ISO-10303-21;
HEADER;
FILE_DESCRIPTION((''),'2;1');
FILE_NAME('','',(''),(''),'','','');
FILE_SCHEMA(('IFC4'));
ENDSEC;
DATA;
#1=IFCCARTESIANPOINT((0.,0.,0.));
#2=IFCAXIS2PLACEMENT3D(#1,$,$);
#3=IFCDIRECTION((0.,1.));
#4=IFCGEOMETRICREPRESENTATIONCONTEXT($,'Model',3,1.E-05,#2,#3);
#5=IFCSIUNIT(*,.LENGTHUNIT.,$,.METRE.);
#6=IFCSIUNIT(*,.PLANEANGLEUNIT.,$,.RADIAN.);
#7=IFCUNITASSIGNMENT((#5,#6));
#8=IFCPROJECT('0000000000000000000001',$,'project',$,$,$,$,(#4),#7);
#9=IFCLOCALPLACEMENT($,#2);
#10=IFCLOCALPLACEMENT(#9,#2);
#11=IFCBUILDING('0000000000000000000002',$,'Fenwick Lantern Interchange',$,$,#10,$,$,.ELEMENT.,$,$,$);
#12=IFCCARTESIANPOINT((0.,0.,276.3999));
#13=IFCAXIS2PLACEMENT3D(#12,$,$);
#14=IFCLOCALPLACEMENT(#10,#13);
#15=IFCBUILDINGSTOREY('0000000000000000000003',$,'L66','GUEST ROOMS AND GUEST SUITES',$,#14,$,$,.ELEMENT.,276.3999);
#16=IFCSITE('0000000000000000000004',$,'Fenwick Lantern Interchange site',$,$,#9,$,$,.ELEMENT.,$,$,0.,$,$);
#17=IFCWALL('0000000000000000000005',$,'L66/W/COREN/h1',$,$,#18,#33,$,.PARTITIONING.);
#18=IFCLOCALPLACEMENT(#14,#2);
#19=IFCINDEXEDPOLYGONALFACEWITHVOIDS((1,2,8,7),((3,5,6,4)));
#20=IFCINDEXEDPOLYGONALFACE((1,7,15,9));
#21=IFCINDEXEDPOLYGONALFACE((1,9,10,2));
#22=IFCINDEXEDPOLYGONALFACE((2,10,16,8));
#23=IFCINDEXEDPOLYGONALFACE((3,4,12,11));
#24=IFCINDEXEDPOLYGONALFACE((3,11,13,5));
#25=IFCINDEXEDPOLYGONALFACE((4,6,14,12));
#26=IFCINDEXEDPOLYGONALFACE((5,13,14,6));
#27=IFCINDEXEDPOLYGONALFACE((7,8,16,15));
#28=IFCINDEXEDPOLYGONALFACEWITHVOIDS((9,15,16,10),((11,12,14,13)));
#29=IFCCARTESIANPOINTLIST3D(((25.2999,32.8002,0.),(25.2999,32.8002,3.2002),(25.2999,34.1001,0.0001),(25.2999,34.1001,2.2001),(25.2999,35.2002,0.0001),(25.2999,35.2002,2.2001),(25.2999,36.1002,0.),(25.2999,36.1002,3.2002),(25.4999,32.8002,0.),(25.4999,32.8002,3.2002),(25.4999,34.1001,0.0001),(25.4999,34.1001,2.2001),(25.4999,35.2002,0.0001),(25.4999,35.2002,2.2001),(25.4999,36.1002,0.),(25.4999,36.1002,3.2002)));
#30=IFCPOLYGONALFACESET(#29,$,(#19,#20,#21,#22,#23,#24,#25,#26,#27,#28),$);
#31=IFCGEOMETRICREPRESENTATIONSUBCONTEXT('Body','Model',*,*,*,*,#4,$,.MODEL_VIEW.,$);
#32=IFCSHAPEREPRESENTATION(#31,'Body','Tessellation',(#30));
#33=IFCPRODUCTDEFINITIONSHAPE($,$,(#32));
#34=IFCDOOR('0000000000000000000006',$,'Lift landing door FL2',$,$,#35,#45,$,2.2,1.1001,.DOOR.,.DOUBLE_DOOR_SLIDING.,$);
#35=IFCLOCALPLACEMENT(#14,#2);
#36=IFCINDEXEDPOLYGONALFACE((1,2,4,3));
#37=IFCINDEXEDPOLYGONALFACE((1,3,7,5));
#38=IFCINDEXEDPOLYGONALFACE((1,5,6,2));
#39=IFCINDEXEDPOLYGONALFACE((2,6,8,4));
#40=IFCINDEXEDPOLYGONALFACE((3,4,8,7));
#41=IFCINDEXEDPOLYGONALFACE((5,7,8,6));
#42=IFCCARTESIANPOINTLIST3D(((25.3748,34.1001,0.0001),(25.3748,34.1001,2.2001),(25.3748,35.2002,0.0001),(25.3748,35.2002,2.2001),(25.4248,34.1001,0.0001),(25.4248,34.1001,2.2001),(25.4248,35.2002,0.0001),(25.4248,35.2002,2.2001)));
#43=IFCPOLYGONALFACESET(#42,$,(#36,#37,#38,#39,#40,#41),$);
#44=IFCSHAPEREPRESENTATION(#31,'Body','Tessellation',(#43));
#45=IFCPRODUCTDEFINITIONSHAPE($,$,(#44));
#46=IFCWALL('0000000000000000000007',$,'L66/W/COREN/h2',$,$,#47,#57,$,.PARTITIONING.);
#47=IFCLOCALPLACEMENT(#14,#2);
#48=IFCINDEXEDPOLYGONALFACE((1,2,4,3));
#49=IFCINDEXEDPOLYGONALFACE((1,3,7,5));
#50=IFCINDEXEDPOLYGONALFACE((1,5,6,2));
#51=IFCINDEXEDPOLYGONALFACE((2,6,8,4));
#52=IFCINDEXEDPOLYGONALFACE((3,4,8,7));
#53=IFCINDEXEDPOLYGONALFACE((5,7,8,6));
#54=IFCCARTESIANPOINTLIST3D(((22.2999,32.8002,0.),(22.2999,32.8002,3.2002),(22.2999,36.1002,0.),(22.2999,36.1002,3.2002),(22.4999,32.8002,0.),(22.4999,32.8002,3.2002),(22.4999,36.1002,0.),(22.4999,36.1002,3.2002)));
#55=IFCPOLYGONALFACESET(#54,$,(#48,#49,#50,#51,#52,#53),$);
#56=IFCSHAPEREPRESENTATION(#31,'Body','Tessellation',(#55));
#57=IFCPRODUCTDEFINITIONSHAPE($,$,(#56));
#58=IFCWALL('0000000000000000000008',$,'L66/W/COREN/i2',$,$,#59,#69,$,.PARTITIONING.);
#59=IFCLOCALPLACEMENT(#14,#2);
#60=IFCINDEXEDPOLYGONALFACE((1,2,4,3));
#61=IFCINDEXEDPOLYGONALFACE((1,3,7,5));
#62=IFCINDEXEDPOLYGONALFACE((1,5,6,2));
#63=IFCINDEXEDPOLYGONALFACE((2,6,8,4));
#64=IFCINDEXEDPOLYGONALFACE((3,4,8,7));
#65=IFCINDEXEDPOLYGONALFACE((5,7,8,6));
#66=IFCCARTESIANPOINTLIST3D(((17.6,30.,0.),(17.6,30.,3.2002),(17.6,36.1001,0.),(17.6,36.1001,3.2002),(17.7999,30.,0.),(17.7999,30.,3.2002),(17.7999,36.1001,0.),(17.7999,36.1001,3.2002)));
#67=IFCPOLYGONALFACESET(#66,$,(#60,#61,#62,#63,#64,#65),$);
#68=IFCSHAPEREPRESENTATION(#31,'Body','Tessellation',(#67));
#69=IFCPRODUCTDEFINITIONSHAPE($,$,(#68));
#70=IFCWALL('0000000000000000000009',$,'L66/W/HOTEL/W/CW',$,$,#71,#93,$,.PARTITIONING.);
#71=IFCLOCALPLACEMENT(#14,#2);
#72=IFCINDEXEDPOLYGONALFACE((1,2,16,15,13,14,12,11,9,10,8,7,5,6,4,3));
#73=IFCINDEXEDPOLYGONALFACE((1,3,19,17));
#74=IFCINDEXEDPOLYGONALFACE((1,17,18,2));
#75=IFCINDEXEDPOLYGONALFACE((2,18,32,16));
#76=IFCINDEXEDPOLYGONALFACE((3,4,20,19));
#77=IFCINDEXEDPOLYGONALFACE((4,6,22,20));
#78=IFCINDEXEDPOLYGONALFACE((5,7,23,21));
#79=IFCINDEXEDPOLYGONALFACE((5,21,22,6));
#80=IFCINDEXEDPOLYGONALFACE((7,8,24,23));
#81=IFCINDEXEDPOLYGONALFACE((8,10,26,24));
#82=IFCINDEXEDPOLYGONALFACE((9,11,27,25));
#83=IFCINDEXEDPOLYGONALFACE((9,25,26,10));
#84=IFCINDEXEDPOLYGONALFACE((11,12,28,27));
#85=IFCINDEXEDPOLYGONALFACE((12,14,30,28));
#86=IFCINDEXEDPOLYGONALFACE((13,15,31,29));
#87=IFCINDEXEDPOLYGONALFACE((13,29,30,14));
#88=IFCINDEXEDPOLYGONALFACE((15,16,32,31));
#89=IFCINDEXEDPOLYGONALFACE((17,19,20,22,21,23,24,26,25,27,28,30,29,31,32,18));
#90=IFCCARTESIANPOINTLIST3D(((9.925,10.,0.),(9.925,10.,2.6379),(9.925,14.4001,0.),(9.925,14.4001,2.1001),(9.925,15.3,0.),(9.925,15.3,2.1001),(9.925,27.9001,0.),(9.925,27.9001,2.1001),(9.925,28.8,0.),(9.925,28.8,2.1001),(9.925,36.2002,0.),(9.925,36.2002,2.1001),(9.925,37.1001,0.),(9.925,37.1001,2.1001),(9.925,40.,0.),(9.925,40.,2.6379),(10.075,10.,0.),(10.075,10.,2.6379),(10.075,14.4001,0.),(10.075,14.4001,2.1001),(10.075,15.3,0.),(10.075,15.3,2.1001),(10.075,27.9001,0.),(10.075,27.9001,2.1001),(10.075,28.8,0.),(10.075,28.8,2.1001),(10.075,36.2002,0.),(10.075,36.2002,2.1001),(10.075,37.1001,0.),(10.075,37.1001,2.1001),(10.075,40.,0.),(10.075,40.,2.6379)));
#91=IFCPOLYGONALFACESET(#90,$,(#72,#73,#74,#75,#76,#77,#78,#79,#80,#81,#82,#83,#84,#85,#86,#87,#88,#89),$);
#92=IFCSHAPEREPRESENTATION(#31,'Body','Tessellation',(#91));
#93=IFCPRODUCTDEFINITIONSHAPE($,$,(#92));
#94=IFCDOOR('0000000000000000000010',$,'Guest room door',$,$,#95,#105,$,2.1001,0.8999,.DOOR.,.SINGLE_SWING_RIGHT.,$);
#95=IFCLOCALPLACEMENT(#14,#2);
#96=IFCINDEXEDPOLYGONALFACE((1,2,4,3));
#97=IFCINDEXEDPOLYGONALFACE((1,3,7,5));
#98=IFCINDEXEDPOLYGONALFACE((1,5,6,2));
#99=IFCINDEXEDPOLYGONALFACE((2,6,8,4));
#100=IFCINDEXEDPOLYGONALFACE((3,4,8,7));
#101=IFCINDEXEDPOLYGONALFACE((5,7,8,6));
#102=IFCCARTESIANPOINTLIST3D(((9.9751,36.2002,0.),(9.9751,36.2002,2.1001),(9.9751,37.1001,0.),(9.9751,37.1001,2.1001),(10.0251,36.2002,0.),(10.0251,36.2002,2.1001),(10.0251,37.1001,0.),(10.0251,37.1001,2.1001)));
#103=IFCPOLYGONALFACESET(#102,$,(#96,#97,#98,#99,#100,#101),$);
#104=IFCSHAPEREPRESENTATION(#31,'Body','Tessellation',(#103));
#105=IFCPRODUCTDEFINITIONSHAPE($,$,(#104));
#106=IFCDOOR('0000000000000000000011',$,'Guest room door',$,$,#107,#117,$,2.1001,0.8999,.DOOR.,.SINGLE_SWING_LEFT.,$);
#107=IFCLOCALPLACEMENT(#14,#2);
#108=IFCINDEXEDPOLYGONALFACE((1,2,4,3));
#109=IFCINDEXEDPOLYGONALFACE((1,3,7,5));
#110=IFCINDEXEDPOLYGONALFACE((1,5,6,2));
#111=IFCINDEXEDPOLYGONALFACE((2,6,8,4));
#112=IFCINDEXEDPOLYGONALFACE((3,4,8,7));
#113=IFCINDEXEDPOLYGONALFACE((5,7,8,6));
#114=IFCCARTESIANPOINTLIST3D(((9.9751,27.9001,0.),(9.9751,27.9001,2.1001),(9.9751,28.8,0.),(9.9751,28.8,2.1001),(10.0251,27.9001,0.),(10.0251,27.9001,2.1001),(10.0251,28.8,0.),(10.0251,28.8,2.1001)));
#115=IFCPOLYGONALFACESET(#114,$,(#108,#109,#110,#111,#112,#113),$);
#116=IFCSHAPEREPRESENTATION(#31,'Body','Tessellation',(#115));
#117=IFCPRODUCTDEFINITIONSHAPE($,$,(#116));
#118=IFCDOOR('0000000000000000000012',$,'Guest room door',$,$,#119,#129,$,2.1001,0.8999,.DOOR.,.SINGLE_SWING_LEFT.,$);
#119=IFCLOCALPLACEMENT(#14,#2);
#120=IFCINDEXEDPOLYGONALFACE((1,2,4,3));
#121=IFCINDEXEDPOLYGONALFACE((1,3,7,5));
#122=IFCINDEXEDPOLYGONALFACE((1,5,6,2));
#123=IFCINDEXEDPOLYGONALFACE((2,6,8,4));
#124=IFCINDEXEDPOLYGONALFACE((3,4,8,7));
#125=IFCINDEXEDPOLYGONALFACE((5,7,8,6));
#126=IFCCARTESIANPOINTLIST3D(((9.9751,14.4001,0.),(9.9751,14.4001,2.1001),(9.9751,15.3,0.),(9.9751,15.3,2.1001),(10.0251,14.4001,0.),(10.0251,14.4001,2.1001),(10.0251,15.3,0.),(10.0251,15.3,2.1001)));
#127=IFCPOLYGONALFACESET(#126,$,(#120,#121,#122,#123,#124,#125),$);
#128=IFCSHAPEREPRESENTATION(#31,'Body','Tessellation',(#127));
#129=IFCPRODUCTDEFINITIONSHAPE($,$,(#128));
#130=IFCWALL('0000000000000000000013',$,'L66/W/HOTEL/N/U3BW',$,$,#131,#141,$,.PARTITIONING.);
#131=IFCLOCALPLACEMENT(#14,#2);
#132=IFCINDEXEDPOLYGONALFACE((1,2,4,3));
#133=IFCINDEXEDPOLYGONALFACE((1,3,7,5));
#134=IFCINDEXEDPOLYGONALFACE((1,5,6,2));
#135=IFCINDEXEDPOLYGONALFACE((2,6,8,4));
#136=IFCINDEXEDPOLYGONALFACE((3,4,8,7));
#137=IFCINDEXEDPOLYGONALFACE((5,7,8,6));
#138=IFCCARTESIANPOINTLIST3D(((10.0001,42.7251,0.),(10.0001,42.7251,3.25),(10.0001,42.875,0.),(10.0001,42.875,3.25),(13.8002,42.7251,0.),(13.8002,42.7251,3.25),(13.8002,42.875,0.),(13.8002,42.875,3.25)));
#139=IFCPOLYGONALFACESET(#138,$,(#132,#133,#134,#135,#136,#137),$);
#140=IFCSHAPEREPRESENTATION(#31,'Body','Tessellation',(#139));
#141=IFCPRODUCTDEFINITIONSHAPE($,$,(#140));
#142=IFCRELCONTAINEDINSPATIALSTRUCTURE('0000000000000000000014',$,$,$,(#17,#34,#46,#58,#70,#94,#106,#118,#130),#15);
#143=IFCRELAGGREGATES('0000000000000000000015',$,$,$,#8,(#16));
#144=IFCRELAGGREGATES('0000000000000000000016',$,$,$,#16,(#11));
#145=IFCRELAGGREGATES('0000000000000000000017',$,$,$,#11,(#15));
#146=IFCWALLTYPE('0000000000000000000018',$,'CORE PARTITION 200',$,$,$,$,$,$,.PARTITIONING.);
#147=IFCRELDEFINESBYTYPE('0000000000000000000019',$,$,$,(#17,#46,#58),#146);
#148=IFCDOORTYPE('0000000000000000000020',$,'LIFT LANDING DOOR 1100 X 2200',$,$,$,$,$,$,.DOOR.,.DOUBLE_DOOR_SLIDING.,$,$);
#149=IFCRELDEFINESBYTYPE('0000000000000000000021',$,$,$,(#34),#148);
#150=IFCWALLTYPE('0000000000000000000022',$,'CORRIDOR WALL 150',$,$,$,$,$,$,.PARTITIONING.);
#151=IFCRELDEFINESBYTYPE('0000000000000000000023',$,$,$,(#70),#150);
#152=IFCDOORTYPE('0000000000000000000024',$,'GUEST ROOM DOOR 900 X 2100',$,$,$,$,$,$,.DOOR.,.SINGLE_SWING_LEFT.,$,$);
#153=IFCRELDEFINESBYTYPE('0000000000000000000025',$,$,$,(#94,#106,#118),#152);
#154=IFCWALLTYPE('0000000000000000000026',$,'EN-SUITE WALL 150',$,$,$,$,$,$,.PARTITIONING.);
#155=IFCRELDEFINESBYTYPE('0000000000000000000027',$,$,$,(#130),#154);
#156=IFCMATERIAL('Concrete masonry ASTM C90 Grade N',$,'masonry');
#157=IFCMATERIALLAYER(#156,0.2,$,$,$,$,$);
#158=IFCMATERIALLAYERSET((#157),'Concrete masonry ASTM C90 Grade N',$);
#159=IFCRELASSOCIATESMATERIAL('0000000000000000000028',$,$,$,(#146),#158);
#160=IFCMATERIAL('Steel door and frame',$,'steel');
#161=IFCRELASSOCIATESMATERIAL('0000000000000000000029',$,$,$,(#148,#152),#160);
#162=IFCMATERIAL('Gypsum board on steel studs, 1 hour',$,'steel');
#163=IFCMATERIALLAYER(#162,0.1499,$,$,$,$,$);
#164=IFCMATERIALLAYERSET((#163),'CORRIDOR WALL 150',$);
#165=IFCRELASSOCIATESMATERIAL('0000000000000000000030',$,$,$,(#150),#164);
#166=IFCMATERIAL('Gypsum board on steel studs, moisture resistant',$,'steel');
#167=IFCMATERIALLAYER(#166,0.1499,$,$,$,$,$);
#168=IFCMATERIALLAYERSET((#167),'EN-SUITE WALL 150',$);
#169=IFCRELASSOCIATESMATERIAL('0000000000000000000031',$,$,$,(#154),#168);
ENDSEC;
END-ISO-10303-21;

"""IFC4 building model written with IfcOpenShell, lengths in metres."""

from ifc_helpers import new_model, si_unit, direction, frame, frame_2d, origin, place, context, subcontext, project, spatial, rectangle, extrude, material, layer, layer_set, type_object, element, fill, save


model = new_model("IFC4")

# Units and contexts
model_context = context("Model", 3, precision=1e-05, world=origin(), true_north=direction((0.0, 1.0)))
body_context = subcontext(model_context, "Body", "Model", "MODEL_VIEW")
ifc_project = project(units=[si_unit("LENGTHUNIT", "METRE"), si_unit("PLANEANGLEUNIT", "RADIAN")], contexts=[model_context])

# Site, building, storey
site_placement = place(None, origin())
site = spatial("IfcSite", under=ifc_project, at=site_placement, Name="Fenwick Lantern Interchange site", CompositionType="ELEMENT", RefElevation=0.0)
building_placement = place(site_placement, origin())
building = spatial("IfcBuilding", under=site, at=building_placement, Name="Fenwick Lantern Interchange", CompositionType="ELEMENT")
storey_placement = place(building_placement, frame((0.0, 0.0, 276.3999)))
storey = spatial("IfcBuildingStorey", under=building, at=storey_placement, Name="L66", Description="GUEST ROOMS AND GUEST SUITES", CompositionType="ELEMENT", Elevation=276.3999)

# Shared definitions
ifc_material_1 = material(Name="Concrete masonry ASTM C90 Grade N", Category="masonry")
ifc_layer_1 = layer(ifc_material_1, 0.2)
ifc_layer_set_1 = layer_set([ifc_layer_1], Name="Concrete masonry ASTM C90 Grade N")
wall_type_1 = type_object("IfcWallType", Name="CORE PARTITION 200", PredefinedType="PARTITIONING", material=ifc_layer_set_1)

# Wall, opening, door
wall_1_placement = place(storey_placement, frame((25.3999, 36.1001, 0.0), z_axis=(0.0, 0.0, 1.0), x_axis=(0.0, -1.0, 0.0)))
wall_1 = element("IfcWall", 1, at=wall_1_placement, inside=storey, type_object=wall_type_1, Name="L66/W/COREN/h1", PredefinedType="PARTITIONING", context=body_context, shape_type="SweptSolid", body=[
    extrude(rectangle(XDim=3.3, YDim=0.2, at=frame_2d((1.6499, 0.0))), origin(), (0.0, 0.0, 1.0), 3.2002),
])
opening_1_placement = place(wall_1_placement, frame((0.8999, 0.0, 0.0)))
opening_1 = element("IfcOpeningElement", 2, at=opening_1_placement, cuts=wall_1, PredefinedType="OPENING", context=body_context, shape_type="SweptSolid", body=[
    extrude(rectangle(XDim=1.1001, YDim=2.2, at=frame_2d((0.55, 1.1001))), frame((0.0, 0.1099, 0.0), z_axis=(0.0, -1.0, 0.0), x_axis=(1.0, 0.0, 0.0)), (0.0, 0.0, 1.0), 0.22),
])
ifc_material_2 = material(Name="Steel door and frame", Category="steel")
door_type_1 = type_object("IfcDoorType", Name="LIFT LANDING DOOR 1100 X 2200", OperationType="DOUBLE_DOOR_SLIDING", PredefinedType="DOOR", material=ifc_material_2)
door_1_placement = place(opening_1_placement, origin())
door_1 = element("IfcDoor", 3, at=door_1_placement, inside=storey, type_object=door_type_1, Name="Lift landing door FL2", OperationType="DOUBLE_DOOR_SLIDING", OverallHeight=2.2, OverallWidth=1.1001, PredefinedType="DOOR", context=body_context, shape_type="SweptSolid", body=[
    extrude(rectangle(XDim=1.1001, YDim=2.2, at=frame_2d((0.55, 1.1001))), frame((0.0, 0.0249, 0.0), z_axis=(0.0, -1.0, 0.0), x_axis=(1.0, 0.0, 0.0)), (0.0, 0.0, 1.0), 0.05),
])
fill(opening_1, door_1)

# Walls
wall_2_placement = place(storey_placement, frame((22.3999, 36.1001, 0.0), z_axis=(0.0, 0.0, 1.0), x_axis=(0.0, -1.0, 0.0)))
element("IfcWall", 4, at=wall_2_placement, inside=storey, type_object=wall_type_1, Name="L66/W/COREN/h2", PredefinedType="PARTITIONING", context=body_context, shape_type="SweptSolid", body=[
    extrude(rectangle(XDim=3.3, YDim=0.2, at=frame_2d((1.6499, 0.0))), origin(), (0.0, 0.0, 1.0), 3.2002),
])
wall_3_placement = place(storey_placement, frame((17.7, 36.1001, 0.0), z_axis=(0.0, 0.0, 1.0), x_axis=(0.0, -1.0, 0.0)))
element("IfcWall", 5, at=wall_3_placement, inside=storey, type_object=wall_type_1, Name="L66/W/COREN/i2", PredefinedType="PARTITIONING", context=body_context, shape_type="SweptSolid", body=[
    extrude(rectangle(XDim=6.1001, YDim=0.2, at=frame_2d((3.05, 0.0))), origin(), (0.0, 0.0, 1.0), 3.2002),
])

# Wall, openings, doors
ifc_material_3 = material(Name="Gypsum board on steel studs, 1 hour", Category="steel")
ifc_layer_2 = layer(ifc_material_3, 0.1499)
ifc_layer_set_2 = layer_set([ifc_layer_2], Name="CORRIDOR WALL 150")
wall_type_2 = type_object("IfcWallType", Name="CORRIDOR WALL 150", PredefinedType="PARTITIONING", material=ifc_layer_set_2)
wall_4_placement = place(storey_placement, frame((10.0, 40.0, 0.0), z_axis=(0.0, 0.0, 1.0), x_axis=(0.0, -1.0, 0.0)))
wall_4 = element("IfcWall", 6, at=wall_4_placement, inside=storey, type_object=wall_type_2, Name="L66/W/HOTEL/W/CW", PredefinedType="PARTITIONING", context=body_context, shape_type="SweptSolid", body=[
    extrude(rectangle(XDim=30.0, YDim=0.1499, at=frame_2d((15.0, 0.0))), origin(), (0.0, 0.0, 1.0), 2.6379),
])
opening_2_placement = place(wall_4_placement, frame((2.8999, 0.0, 0.0)))
opening_2 = element("IfcOpeningElement", 7, at=opening_2_placement, cuts=wall_4, PredefinedType="OPENING", context=body_context, shape_type="SweptSolid", body=[
    extrude(rectangle(XDim=0.8999, YDim=2.1001, at=frame_2d((0.45, 1.05))), frame((0.0, 0.085, 0.0), z_axis=(0.0, -1.0, 0.0), x_axis=(1.0, 0.0, 0.0)), (0.0, 0.0, 1.0), 0.1699),
])
opening_3_placement = place(wall_4_placement, frame((11.2, 0.0, 0.0)))
opening_3 = element("IfcOpeningElement", 8, at=opening_3_placement, cuts=wall_4, PredefinedType="OPENING", context=body_context, shape_type="SweptSolid", body=[
    extrude(rectangle(XDim=0.8999, YDim=2.1001, at=frame_2d((0.45, 1.05))), frame((0.0, 0.085, 0.0), z_axis=(0.0, -1.0, 0.0), x_axis=(1.0, 0.0, 0.0)), (0.0, 0.0, 1.0), 0.1699),
])
opening_4_placement = place(wall_4_placement, frame((24.7, 0.0, 0.0)))
opening_4 = element("IfcOpeningElement", 9, at=opening_4_placement, cuts=wall_4, PredefinedType="OPENING", context=body_context, shape_type="SweptSolid", body=[
    extrude(rectangle(XDim=0.8999, YDim=2.1001, at=frame_2d((0.45, 1.05))), frame((0.0, 0.085, 0.0), z_axis=(0.0, -1.0, 0.0), x_axis=(1.0, 0.0, 0.0)), (0.0, 0.0, 1.0), 0.1699),
])
door_type_2 = type_object("IfcDoorType", Name="GUEST ROOM DOOR 900 X 2100", OperationType="SINGLE_SWING_LEFT", PredefinedType="DOOR", material=ifc_material_2)
door_2_placement = place(opening_2_placement, frame((0.8999, 0.0, 0.0), z_axis=(0.0, 0.0, 1.0), x_axis=(-1.0, 0.0, 0.0)))
door_2 = element("IfcDoor", 10, at=door_2_placement, inside=storey, type_object=door_type_2, Name="Guest room door", OperationType="SINGLE_SWING_RIGHT", OverallHeight=2.1001, OverallWidth=0.8999, PredefinedType="DOOR", context=body_context, shape_type="SweptSolid", body=[
    extrude(rectangle(XDim=0.8999, YDim=2.1001, at=frame_2d((0.45, 1.05))), frame((0.0, 0.0249, 0.0), z_axis=(0.0, -1.0, 0.0), x_axis=(1.0, 0.0, 0.0)), (0.0, 0.0, 1.0), 0.05),
])
fill(opening_2, door_2)
door_3_placement = place(opening_3_placement, frame((0.8999, 0.0, 0.0), z_axis=(0.0, 0.0, 1.0), x_axis=(-1.0, 0.0, 0.0)))
door_3 = element("IfcDoor", 11, at=door_3_placement, inside=storey, type_object=door_type_2, Name="Guest room door", OperationType="SINGLE_SWING_LEFT", OverallHeight=2.1001, OverallWidth=0.8999, PredefinedType="DOOR", context=body_context, shape_type="SweptSolid", body=[
    extrude(rectangle(XDim=0.8999, YDim=2.1001, at=frame_2d((0.45, 1.05))), frame((0.0, 0.0249, 0.0), z_axis=(0.0, -1.0, 0.0), x_axis=(1.0, 0.0, 0.0)), (0.0, 0.0, 1.0), 0.05),
])
fill(opening_3, door_3)
door_4_placement = place(opening_4_placement, frame((0.8999, 0.0, 0.0), z_axis=(0.0, 0.0, 1.0), x_axis=(-1.0, 0.0, 0.0)))
door_4 = element("IfcDoor", 12, at=door_4_placement, inside=storey, type_object=door_type_2, Name="Guest room door", OperationType="SINGLE_SWING_LEFT", OverallHeight=2.1001, OverallWidth=0.8999, PredefinedType="DOOR", context=body_context, shape_type="SweptSolid", body=[
    extrude(rectangle(XDim=0.8999, YDim=2.1001, at=frame_2d((0.45, 1.05))), frame((0.0, 0.0249, 0.0), z_axis=(0.0, -1.0, 0.0), x_axis=(1.0, 0.0, 0.0)), (0.0, 0.0, 1.0), 0.05),
])
fill(opening_4, door_4)

# Wall
ifc_material_4 = material(Name="Gypsum board on steel studs, moisture resistant", Category="steel")
ifc_layer_3 = layer(ifc_material_4, 0.1499)
ifc_layer_set_3 = layer_set([ifc_layer_3], Name="EN-SUITE WALL 150")
wall_type_3 = type_object("IfcWallType", Name="EN-SUITE WALL 150", PredefinedType="PARTITIONING", material=ifc_layer_set_3)
wall_5_placement = place(storey_placement, frame((13.8, 42.8, 0.0), z_axis=(0.0, 0.0, 1.0), x_axis=(-1.0, 0.0, 0.0)))
element("IfcWall", 13, at=wall_5_placement, inside=storey, type_object=wall_type_3, Name="L66/W/HOTEL/N/U3BW", PredefinedType="PARTITIONING", context=body_context, shape_type="SweptSolid", body=[
    extrude(rectangle(XDim=3.8, YDim=0.1499, at=frame_2d((1.8999, 0.0))), origin(), (0.0, 0.0, 1.0), 3.25),
])

save(model, "model.ifc")
